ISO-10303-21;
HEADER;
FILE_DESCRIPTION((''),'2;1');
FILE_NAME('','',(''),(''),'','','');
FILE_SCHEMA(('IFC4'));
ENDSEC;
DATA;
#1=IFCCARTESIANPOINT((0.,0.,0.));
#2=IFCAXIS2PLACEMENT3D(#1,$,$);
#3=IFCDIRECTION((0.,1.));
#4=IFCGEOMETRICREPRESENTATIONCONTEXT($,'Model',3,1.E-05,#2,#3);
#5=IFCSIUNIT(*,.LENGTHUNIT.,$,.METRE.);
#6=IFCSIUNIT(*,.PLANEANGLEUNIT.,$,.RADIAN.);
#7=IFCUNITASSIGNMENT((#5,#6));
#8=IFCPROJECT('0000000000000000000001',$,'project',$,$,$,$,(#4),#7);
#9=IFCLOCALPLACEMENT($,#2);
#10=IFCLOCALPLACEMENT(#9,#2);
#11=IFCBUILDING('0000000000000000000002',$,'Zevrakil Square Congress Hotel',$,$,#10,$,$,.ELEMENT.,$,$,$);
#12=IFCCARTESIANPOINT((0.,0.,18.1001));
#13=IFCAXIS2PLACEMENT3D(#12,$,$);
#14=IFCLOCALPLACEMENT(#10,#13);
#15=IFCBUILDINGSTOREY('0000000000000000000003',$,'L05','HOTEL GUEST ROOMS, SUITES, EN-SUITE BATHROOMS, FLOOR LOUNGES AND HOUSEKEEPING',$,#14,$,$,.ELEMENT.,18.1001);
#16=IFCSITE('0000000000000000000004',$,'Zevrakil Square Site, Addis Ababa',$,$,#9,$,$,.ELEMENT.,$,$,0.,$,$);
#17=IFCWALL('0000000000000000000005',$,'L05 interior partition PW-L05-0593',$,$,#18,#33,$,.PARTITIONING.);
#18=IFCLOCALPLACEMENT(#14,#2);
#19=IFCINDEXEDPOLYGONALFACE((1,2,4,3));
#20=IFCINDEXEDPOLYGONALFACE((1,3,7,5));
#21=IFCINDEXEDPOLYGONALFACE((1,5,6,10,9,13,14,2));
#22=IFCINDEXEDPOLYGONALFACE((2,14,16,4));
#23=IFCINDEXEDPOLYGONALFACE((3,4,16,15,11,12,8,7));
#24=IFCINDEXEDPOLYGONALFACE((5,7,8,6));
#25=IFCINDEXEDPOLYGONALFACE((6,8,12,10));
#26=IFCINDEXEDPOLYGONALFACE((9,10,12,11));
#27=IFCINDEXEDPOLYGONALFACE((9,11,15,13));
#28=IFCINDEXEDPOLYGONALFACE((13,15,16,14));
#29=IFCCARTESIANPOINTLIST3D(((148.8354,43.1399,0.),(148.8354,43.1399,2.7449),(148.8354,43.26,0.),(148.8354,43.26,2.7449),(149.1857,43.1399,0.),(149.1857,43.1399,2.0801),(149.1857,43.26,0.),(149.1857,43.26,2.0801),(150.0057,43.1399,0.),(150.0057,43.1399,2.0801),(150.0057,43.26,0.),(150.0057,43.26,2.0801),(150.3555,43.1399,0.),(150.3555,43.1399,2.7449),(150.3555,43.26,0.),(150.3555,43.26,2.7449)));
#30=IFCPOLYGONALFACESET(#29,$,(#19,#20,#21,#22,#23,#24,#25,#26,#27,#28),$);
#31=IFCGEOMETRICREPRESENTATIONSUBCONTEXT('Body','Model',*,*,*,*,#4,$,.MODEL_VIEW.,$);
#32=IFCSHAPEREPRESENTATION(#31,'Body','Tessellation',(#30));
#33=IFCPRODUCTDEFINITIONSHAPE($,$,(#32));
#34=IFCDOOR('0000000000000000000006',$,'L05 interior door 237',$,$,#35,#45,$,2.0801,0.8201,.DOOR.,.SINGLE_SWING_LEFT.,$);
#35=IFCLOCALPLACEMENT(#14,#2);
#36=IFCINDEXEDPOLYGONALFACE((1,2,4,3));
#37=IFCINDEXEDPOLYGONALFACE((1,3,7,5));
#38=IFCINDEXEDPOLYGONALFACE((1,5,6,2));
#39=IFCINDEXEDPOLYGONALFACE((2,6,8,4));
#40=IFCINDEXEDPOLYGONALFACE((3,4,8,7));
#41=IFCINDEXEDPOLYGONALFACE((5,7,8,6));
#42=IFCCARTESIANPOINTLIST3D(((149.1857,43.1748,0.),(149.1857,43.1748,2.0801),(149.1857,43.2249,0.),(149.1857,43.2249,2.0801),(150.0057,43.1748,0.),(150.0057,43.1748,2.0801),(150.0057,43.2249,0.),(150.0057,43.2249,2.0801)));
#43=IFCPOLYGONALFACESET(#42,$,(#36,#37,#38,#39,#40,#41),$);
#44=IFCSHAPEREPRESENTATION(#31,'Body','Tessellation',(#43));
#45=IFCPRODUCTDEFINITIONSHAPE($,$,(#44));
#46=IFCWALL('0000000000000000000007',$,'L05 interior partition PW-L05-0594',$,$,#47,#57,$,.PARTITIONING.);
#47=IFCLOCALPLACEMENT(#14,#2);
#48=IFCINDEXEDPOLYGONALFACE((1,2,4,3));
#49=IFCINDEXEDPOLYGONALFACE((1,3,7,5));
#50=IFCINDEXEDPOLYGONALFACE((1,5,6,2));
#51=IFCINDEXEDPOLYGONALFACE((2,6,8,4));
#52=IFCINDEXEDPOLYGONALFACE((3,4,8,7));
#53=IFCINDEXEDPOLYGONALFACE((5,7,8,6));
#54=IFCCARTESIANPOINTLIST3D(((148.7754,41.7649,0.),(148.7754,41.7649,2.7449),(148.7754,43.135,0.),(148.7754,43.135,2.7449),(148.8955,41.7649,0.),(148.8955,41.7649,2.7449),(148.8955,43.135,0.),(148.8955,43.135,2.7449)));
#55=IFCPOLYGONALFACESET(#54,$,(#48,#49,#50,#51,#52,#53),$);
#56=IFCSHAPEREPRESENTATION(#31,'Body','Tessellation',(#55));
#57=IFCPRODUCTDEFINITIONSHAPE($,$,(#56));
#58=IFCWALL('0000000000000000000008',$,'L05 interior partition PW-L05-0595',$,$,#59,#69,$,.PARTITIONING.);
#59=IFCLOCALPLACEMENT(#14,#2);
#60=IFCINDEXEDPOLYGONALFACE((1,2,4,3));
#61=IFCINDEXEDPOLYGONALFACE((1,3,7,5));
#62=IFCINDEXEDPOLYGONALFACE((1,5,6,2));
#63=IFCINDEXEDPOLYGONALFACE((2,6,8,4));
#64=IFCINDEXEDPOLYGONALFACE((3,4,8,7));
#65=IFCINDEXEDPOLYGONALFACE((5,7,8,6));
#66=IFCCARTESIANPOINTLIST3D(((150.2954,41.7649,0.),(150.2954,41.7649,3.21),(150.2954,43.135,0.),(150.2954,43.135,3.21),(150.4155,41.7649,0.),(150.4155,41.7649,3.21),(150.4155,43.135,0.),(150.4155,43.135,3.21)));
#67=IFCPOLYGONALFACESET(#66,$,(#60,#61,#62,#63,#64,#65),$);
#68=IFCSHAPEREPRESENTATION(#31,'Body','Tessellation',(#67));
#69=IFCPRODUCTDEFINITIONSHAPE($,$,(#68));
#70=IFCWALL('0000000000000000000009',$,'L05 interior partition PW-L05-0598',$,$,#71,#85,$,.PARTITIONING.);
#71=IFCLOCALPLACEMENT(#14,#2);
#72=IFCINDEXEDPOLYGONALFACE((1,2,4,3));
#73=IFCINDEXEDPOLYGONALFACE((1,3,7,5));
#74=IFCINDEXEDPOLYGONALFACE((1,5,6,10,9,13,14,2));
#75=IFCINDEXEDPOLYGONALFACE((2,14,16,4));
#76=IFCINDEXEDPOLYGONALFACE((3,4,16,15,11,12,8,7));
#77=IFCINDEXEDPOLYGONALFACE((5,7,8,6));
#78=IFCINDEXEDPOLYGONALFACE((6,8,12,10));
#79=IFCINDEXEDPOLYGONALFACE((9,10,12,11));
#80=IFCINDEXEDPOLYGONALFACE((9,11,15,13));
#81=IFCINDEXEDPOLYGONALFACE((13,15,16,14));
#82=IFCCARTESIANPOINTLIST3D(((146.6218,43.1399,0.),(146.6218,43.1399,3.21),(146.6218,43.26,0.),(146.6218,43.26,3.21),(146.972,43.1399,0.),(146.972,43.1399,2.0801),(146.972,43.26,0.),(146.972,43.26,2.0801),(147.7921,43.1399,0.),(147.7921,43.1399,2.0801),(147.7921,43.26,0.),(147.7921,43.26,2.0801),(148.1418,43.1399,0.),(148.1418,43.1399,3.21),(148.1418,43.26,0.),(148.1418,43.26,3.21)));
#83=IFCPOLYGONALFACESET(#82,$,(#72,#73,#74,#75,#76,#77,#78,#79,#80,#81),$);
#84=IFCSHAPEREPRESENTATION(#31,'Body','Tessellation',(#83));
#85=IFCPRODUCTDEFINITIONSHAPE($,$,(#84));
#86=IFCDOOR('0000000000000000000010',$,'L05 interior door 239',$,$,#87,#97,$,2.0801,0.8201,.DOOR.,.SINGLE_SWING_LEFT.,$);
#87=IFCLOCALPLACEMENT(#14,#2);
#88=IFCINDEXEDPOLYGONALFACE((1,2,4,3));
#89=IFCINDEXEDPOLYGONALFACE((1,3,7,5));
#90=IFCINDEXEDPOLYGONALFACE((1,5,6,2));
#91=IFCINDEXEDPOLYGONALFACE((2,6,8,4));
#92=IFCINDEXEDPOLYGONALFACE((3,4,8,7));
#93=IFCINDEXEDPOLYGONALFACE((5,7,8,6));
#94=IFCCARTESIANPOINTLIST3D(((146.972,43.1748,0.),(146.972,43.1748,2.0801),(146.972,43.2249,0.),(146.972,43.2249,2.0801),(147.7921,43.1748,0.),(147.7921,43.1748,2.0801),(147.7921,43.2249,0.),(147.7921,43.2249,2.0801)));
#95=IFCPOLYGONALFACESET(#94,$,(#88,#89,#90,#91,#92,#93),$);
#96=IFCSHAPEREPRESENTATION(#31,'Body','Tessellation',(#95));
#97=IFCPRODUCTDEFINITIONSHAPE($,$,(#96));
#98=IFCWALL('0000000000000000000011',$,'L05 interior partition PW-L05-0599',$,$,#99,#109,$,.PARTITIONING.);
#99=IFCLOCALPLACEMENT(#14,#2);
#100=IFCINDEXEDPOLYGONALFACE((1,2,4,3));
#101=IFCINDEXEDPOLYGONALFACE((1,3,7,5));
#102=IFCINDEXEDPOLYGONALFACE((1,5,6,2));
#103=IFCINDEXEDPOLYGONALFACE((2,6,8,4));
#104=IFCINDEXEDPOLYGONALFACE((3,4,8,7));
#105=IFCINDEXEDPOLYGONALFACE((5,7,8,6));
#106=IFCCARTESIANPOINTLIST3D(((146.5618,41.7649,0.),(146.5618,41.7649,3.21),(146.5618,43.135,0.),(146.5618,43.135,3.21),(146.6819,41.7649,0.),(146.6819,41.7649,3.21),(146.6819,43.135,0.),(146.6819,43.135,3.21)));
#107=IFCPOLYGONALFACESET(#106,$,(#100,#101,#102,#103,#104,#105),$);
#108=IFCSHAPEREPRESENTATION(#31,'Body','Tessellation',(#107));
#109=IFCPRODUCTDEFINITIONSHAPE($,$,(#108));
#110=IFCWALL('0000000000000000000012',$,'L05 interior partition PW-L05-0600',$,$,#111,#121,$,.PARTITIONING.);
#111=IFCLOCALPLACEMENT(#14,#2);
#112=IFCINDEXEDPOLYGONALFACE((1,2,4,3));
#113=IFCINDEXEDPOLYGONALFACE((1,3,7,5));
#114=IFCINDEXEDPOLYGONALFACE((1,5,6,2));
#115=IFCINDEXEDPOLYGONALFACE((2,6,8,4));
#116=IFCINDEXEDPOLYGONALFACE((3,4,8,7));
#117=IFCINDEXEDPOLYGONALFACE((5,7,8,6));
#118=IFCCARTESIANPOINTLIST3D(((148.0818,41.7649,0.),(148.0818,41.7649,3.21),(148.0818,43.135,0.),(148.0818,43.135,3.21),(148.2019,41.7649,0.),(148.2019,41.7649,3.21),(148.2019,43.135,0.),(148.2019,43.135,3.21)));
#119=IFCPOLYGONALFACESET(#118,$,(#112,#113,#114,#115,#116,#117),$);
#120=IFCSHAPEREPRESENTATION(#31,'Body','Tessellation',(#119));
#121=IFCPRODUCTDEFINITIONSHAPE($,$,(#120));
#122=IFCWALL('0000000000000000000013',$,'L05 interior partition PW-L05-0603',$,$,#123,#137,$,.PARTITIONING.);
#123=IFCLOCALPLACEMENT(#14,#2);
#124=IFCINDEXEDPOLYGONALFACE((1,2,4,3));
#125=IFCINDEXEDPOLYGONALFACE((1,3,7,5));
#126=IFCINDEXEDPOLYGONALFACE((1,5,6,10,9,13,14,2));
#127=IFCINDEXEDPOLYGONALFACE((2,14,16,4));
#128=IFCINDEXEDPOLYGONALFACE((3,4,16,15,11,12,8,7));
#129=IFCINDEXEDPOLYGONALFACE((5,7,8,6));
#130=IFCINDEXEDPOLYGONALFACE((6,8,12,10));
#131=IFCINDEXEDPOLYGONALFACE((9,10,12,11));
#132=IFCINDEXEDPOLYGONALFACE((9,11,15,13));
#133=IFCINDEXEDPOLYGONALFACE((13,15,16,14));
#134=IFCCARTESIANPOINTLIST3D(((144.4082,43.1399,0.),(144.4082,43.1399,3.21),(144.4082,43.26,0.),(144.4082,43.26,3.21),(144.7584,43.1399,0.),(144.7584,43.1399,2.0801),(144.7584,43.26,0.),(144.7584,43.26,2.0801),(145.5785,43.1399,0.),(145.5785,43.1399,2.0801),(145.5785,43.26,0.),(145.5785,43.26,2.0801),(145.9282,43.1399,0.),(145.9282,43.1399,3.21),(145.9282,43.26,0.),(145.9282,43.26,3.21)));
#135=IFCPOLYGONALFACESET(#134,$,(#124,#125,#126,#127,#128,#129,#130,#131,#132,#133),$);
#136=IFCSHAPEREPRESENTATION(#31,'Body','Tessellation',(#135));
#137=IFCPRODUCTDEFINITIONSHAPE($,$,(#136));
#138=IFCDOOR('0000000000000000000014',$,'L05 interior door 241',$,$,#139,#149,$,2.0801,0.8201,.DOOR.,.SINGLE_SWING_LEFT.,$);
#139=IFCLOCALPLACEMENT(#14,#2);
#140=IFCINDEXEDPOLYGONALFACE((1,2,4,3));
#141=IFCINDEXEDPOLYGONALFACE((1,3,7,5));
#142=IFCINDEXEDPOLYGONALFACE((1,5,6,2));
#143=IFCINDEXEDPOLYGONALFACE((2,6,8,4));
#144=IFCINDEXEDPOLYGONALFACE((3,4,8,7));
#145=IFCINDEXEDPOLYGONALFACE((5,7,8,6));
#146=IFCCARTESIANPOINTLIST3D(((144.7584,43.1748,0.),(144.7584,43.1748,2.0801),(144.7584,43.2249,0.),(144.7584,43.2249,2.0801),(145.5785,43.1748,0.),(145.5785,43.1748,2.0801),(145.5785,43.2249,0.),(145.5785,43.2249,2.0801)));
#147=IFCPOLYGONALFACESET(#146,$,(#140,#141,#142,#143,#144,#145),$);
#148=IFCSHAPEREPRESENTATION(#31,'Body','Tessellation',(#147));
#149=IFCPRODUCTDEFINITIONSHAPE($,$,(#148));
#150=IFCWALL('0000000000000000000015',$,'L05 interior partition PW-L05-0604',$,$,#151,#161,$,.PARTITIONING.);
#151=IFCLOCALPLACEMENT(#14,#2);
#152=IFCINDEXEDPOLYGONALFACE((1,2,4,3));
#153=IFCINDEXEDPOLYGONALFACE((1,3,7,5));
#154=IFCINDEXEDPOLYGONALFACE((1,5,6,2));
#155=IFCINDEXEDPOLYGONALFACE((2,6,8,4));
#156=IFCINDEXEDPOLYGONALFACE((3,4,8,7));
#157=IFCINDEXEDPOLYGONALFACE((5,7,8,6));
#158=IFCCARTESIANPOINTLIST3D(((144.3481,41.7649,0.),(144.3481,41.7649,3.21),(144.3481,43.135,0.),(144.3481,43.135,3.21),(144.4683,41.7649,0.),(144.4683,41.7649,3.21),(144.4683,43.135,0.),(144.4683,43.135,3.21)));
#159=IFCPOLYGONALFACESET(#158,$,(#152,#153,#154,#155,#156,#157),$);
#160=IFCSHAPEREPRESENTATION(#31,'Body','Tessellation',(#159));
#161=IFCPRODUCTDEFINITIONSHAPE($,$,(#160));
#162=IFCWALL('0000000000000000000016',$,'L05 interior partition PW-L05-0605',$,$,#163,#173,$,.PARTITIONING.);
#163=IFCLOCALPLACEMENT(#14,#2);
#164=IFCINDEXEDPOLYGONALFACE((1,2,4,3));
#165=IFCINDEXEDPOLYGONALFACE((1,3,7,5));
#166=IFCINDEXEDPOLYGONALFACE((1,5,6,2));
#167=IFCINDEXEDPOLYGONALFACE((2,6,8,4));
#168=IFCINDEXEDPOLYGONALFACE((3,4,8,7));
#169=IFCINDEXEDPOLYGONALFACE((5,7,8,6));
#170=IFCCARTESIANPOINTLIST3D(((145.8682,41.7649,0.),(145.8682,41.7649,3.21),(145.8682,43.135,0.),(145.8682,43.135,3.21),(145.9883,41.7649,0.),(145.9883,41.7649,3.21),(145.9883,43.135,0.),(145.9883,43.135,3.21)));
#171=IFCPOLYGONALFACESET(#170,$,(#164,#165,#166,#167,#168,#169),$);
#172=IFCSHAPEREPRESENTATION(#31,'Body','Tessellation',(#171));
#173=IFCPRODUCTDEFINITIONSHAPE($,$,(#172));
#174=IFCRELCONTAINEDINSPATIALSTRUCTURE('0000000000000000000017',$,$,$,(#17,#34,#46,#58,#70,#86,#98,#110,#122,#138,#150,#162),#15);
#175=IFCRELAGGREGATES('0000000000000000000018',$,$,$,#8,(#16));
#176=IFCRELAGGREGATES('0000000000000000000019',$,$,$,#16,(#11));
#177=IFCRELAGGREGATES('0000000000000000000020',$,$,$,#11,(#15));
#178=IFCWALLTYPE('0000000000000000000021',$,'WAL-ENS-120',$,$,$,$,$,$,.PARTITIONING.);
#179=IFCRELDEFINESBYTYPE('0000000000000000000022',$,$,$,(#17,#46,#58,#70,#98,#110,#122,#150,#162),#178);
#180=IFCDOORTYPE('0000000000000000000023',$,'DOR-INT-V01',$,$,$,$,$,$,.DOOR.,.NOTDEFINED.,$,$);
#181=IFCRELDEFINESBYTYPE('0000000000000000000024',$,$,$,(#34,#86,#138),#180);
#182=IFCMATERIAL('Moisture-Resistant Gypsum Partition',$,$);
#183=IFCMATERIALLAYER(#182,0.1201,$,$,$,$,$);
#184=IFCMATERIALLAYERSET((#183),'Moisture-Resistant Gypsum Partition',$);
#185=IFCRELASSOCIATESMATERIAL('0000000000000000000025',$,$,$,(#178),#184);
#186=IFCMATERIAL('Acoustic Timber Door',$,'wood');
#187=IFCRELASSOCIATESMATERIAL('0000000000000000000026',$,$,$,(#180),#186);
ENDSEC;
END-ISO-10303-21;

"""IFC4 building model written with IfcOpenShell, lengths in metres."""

from ifc_helpers import new_model, si_unit, direction, frame, frame_2d, origin, place, context, subcontext, project, spatial, rectangle, extrude, material, layer, layer_set, type_object, element, fill, save


model = new_model("IFC4")

# Units and contexts
model_context = context("Model", 3, precision=1e-05, world=origin(), true_north=direction((0.0, 1.0)))
body_context = subcontext(model_context, "Body", "Model", "MODEL_VIEW")
ifc_project = project(units=[si_unit("LENGTHUNIT", "METRE"), si_unit("PLANEANGLEUNIT", "RADIAN")], contexts=[model_context])

# Site, building, storey
site_placement = place(None, origin())
site = spatial("IfcSite", under=ifc_project, at=site_placement, Name="Zevrakil Square Site, Addis Ababa", CompositionType="ELEMENT", RefElevation=0.0)
building_placement = place(site_placement, origin())
building = spatial("IfcBuilding", under=site, at=building_placement, Name="Zevrakil Square Congress Hotel", CompositionType="ELEMENT")
storey_placement = place(building_placement, frame((0.0, 0.0, 18.1001)))
storey = spatial("IfcBuildingStorey", under=building, at=storey_placement, Name="L05", Description="HOTEL GUEST ROOMS, SUITES, EN-SUITE BATHROOMS, FLOOR LOUNGES AND HOUSEKEEPING", CompositionType="ELEMENT", Elevation=18.1001)

# Shared definitions
ifc_material_1 = material(Name="Moisture-Resistant Gypsum Partition")
ifc_layer = layer(ifc_material_1, 0.1201)
ifc_layer_set = layer_set([ifc_layer], Name="Moisture-Resistant Gypsum Partition")
wall_type = type_object("IfcWallType", Name="WAL-ENS-120", PredefinedType="PARTITIONING", material=ifc_layer_set)

# Wall, opening, door
wall_1_placement = place(storey_placement, frame((148.8354, 43.2, 0.0), z_axis=(0.0, 0.0, 1.0), x_axis=(1.0, 0.0, 0.0)))
wall_1 = element("IfcWall", 1, at=wall_1_placement, inside=storey, type_object=wall_type, Name="L05 interior partition PW-L05-0593", PredefinedType="PARTITIONING", context=body_context, shape_type="SweptSolid", body=[
    extrude(rectangle(XDim=1.52, YDim=0.1201, at=frame_2d((0.76, 0.0))), origin(), (0.0, 0.0, 1.0), 2.7449),
])
opening_1_placement = place(wall_1_placement, frame((0.3501, 0.0, 0.0)))
opening_1 = element("IfcOpeningElement", 2, at=opening_1_placement, cuts=wall_1, PredefinedType="OPENING", context=body_context, shape_type="SweptSolid", body=[
    extrude(rectangle(XDim=0.8201, YDim=2.0801, at=frame_2d((0.4102, 1.04))), frame((0.0, 0.0701, 0.0), z_axis=(0.0, -1.0, 0.0), x_axis=(1.0, 0.0, 0.0)), (0.0, 0.0, 1.0), 0.1401),
])
ifc_material_2 = material(Name="Acoustic Timber Door", Category="wood")
door_type = type_object("IfcDoorType", Name="DOR-INT-V01", OperationType="NOTDEFINED", PredefinedType="DOOR", material=ifc_material_2)
door_1_placement = place(opening_1_placement, origin())
door_1 = element("IfcDoor", 3, at=door_1_placement, inside=storey, type_object=door_type, Name="L05 interior door 237", OperationType="SINGLE_SWING_LEFT", OverallHeight=2.0801, OverallWidth=0.8201, PredefinedType="DOOR", context=body_context, shape_type="SweptSolid", body=[
    extrude(rectangle(XDim=0.8201, YDim=2.0801, at=frame_2d((0.4102, 1.04))), frame((0.0, 0.0249, 0.0), z_axis=(0.0, -1.0, 0.0), x_axis=(1.0, 0.0, 0.0)), (0.0, 0.0, 1.0), 0.05),
])
fill(opening_1, door_1)

# Walls
wall_2_placement = place(storey_placement, frame((148.8354, 41.7649, 0.0), z_axis=(0.0, 0.0, 1.0), x_axis=(0.0, 1.0, 0.0)))
element("IfcWall", 4, at=wall_2_placement, inside=storey, type_object=wall_type, Name="L05 interior partition PW-L05-0594", PredefinedType="PARTITIONING", context=body_context, shape_type="SweptSolid", body=[
    extrude(rectangle(XDim=1.3701, YDim=0.1201, at=frame_2d((0.6851, 0.0))), origin(), (0.0, 0.0, 1.0), 2.7449),
])
wall_3_placement = place(storey_placement, frame((150.3555, 41.7649, 0.0), z_axis=(0.0, 0.0, 1.0), x_axis=(0.0, 1.0, 0.0)))
element("IfcWall", 5, at=wall_3_placement, inside=storey, type_object=wall_type, Name="L05 interior partition PW-L05-0595", PredefinedType="PARTITIONING", context=body_context, shape_type="SweptSolid", body=[
    extrude(rectangle(XDim=1.3701, YDim=0.1201, at=frame_2d((0.6851, 0.0))), origin(), (0.0, 0.0, 1.0), 3.21),
])

# Wall, opening, door
wall_4_placement = place(storey_placement, frame((146.6218, 43.2, 0.0), z_axis=(0.0, 0.0, 1.0), x_axis=(1.0, 0.0, 0.0)))
wall_4 = element("IfcWall", 6, at=wall_4_placement, inside=storey, type_object=wall_type, Name="L05 interior partition PW-L05-0598", PredefinedType="PARTITIONING", context=body_context, shape_type="SweptSolid", body=[
    extrude(rectangle(XDim=1.52, YDim=0.1201, at=frame_2d((0.76, 0.0))), origin(), (0.0, 0.0, 1.0), 3.21),
])
opening_2_placement = place(wall_4_placement, frame((0.3501, 0.0, 0.0)))
opening_2 = element("IfcOpeningElement", 7, at=opening_2_placement, cuts=wall_4, PredefinedType="OPENING", context=body_context, shape_type="SweptSolid", body=[
    extrude(rectangle(XDim=0.8201, YDim=2.0801, at=frame_2d((0.4102, 1.04))), frame((0.0, 0.0701, 0.0), z_axis=(0.0, -1.0, 0.0), x_axis=(1.0, 0.0, 0.0)), (0.0, 0.0, 1.0), 0.1401),
])
door_2_placement = place(opening_2_placement, origin())
door_2 = element("IfcDoor", 8, at=door_2_placement, inside=storey, type_object=door_type, Name="L05 interior door 239", OperationType="SINGLE_SWING_LEFT", OverallHeight=2.0801, OverallWidth=0.8201, PredefinedType="DOOR", context=body_context, shape_type="SweptSolid", body=[
    extrude(rectangle(XDim=0.8201, YDim=2.0801, at=frame_2d((0.4102, 1.04))), frame((0.0, 0.0249, 0.0), z_axis=(0.0, -1.0, 0.0), x_axis=(1.0, 0.0, 0.0)), (0.0, 0.0, 1.0), 0.05),
])
fill(opening_2, door_2)

# Walls
for number, where, z_axis, x_axis, name in (
    (9, (146.6218, 41.7649, 0.0), (0.0, 0.0, 1.0), (0.0, 1.0, 0.0), "L05 interior partition PW-L05-0599"),
    (10, (148.1418, 41.7649, 0.0), (0.0, 0.0, 1.0), (0.0, 1.0, 0.0), "L05 interior partition PW-L05-0600"),
):
    element("IfcWall", number, at=place(storey_placement, frame(where, z_axis=z_axis, x_axis=x_axis)), inside=storey, type_object=wall_type, Name=name, PredefinedType="PARTITIONING", context=body_context, shape_type="SweptSolid", body=[
        extrude(rectangle(XDim=1.3701, YDim=0.1201, at=frame_2d((0.6851, 0.0))), origin(), (0.0, 0.0, 1.0), 3.21),
    ])

# Wall, opening, door
wall_5_placement = place(storey_placement, frame((144.4082, 43.2, 0.0), z_axis=(0.0, 0.0, 1.0), x_axis=(1.0, 0.0, 0.0)))
wall_5 = element("IfcWall", 11, at=wall_5_placement, inside=storey, type_object=wall_type, Name="L05 interior partition PW-L05-0603", PredefinedType="PARTITIONING", context=body_context, shape_type="SweptSolid", body=[
    extrude(rectangle(XDim=1.52, YDim=0.1201, at=frame_2d((0.76, 0.0))), origin(), (0.0, 0.0, 1.0), 3.21),
])
opening_3_placement = place(wall_5_placement, frame((0.3501, 0.0, 0.0)))
opening_3 = element("IfcOpeningElement", 12, at=opening_3_placement, cuts=wall_5, PredefinedType="OPENING", context=body_context, shape_type="SweptSolid", body=[
    extrude(rectangle(XDim=0.8201, YDim=2.0801, at=frame_2d((0.4102, 1.04))), frame((0.0, 0.0701, 0.0), z_axis=(0.0, -1.0, 0.0), x_axis=(1.0, 0.0, 0.0)), (0.0, 0.0, 1.0), 0.1401),
])
door_3_placement = place(opening_3_placement, origin())
door_3 = element("IfcDoor", 13, at=door_3_placement, inside=storey, type_object=door_type, Name="L05 interior door 241", OperationType="SINGLE_SWING_LEFT", OverallHeight=2.0801, OverallWidth=0.8201, PredefinedType="DOOR", context=body_context, shape_type="SweptSolid", body=[
    extrude(rectangle(XDim=0.8201, YDim=2.0801, at=frame_2d((0.4102, 1.04))), frame((0.0, 0.0249, 0.0), z_axis=(0.0, -1.0, 0.0), x_axis=(1.0, 0.0, 0.0)), (0.0, 0.0, 1.0), 0.05),
])
fill(opening_3, door_3)

# Walls
for number, where, z_axis, x_axis, name in (
    (14, (144.4082, 41.7649, 0.0), (0.0, 0.0, 1.0), (0.0, 1.0, 0.0), "L05 interior partition PW-L05-0604"),
    (15, (145.9282, 41.7649, 0.0), (0.0, 0.0, 1.0), (0.0, 1.0, 0.0), "L05 interior partition PW-L05-0605"),
):
    element("IfcWall", number, at=place(storey_placement, frame(where, z_axis=z_axis, x_axis=x_axis)), inside=storey, type_object=wall_type, Name=name, PredefinedType="PARTITIONING", context=body_context, shape_type="SweptSolid", body=[
        extrude(rectangle(XDim=1.3701, YDim=0.1201, at=frame_2d((0.6851, 0.0))), origin(), (0.0, 0.0, 1.0), 3.21),
    ])

save(model, "model.ifc")
